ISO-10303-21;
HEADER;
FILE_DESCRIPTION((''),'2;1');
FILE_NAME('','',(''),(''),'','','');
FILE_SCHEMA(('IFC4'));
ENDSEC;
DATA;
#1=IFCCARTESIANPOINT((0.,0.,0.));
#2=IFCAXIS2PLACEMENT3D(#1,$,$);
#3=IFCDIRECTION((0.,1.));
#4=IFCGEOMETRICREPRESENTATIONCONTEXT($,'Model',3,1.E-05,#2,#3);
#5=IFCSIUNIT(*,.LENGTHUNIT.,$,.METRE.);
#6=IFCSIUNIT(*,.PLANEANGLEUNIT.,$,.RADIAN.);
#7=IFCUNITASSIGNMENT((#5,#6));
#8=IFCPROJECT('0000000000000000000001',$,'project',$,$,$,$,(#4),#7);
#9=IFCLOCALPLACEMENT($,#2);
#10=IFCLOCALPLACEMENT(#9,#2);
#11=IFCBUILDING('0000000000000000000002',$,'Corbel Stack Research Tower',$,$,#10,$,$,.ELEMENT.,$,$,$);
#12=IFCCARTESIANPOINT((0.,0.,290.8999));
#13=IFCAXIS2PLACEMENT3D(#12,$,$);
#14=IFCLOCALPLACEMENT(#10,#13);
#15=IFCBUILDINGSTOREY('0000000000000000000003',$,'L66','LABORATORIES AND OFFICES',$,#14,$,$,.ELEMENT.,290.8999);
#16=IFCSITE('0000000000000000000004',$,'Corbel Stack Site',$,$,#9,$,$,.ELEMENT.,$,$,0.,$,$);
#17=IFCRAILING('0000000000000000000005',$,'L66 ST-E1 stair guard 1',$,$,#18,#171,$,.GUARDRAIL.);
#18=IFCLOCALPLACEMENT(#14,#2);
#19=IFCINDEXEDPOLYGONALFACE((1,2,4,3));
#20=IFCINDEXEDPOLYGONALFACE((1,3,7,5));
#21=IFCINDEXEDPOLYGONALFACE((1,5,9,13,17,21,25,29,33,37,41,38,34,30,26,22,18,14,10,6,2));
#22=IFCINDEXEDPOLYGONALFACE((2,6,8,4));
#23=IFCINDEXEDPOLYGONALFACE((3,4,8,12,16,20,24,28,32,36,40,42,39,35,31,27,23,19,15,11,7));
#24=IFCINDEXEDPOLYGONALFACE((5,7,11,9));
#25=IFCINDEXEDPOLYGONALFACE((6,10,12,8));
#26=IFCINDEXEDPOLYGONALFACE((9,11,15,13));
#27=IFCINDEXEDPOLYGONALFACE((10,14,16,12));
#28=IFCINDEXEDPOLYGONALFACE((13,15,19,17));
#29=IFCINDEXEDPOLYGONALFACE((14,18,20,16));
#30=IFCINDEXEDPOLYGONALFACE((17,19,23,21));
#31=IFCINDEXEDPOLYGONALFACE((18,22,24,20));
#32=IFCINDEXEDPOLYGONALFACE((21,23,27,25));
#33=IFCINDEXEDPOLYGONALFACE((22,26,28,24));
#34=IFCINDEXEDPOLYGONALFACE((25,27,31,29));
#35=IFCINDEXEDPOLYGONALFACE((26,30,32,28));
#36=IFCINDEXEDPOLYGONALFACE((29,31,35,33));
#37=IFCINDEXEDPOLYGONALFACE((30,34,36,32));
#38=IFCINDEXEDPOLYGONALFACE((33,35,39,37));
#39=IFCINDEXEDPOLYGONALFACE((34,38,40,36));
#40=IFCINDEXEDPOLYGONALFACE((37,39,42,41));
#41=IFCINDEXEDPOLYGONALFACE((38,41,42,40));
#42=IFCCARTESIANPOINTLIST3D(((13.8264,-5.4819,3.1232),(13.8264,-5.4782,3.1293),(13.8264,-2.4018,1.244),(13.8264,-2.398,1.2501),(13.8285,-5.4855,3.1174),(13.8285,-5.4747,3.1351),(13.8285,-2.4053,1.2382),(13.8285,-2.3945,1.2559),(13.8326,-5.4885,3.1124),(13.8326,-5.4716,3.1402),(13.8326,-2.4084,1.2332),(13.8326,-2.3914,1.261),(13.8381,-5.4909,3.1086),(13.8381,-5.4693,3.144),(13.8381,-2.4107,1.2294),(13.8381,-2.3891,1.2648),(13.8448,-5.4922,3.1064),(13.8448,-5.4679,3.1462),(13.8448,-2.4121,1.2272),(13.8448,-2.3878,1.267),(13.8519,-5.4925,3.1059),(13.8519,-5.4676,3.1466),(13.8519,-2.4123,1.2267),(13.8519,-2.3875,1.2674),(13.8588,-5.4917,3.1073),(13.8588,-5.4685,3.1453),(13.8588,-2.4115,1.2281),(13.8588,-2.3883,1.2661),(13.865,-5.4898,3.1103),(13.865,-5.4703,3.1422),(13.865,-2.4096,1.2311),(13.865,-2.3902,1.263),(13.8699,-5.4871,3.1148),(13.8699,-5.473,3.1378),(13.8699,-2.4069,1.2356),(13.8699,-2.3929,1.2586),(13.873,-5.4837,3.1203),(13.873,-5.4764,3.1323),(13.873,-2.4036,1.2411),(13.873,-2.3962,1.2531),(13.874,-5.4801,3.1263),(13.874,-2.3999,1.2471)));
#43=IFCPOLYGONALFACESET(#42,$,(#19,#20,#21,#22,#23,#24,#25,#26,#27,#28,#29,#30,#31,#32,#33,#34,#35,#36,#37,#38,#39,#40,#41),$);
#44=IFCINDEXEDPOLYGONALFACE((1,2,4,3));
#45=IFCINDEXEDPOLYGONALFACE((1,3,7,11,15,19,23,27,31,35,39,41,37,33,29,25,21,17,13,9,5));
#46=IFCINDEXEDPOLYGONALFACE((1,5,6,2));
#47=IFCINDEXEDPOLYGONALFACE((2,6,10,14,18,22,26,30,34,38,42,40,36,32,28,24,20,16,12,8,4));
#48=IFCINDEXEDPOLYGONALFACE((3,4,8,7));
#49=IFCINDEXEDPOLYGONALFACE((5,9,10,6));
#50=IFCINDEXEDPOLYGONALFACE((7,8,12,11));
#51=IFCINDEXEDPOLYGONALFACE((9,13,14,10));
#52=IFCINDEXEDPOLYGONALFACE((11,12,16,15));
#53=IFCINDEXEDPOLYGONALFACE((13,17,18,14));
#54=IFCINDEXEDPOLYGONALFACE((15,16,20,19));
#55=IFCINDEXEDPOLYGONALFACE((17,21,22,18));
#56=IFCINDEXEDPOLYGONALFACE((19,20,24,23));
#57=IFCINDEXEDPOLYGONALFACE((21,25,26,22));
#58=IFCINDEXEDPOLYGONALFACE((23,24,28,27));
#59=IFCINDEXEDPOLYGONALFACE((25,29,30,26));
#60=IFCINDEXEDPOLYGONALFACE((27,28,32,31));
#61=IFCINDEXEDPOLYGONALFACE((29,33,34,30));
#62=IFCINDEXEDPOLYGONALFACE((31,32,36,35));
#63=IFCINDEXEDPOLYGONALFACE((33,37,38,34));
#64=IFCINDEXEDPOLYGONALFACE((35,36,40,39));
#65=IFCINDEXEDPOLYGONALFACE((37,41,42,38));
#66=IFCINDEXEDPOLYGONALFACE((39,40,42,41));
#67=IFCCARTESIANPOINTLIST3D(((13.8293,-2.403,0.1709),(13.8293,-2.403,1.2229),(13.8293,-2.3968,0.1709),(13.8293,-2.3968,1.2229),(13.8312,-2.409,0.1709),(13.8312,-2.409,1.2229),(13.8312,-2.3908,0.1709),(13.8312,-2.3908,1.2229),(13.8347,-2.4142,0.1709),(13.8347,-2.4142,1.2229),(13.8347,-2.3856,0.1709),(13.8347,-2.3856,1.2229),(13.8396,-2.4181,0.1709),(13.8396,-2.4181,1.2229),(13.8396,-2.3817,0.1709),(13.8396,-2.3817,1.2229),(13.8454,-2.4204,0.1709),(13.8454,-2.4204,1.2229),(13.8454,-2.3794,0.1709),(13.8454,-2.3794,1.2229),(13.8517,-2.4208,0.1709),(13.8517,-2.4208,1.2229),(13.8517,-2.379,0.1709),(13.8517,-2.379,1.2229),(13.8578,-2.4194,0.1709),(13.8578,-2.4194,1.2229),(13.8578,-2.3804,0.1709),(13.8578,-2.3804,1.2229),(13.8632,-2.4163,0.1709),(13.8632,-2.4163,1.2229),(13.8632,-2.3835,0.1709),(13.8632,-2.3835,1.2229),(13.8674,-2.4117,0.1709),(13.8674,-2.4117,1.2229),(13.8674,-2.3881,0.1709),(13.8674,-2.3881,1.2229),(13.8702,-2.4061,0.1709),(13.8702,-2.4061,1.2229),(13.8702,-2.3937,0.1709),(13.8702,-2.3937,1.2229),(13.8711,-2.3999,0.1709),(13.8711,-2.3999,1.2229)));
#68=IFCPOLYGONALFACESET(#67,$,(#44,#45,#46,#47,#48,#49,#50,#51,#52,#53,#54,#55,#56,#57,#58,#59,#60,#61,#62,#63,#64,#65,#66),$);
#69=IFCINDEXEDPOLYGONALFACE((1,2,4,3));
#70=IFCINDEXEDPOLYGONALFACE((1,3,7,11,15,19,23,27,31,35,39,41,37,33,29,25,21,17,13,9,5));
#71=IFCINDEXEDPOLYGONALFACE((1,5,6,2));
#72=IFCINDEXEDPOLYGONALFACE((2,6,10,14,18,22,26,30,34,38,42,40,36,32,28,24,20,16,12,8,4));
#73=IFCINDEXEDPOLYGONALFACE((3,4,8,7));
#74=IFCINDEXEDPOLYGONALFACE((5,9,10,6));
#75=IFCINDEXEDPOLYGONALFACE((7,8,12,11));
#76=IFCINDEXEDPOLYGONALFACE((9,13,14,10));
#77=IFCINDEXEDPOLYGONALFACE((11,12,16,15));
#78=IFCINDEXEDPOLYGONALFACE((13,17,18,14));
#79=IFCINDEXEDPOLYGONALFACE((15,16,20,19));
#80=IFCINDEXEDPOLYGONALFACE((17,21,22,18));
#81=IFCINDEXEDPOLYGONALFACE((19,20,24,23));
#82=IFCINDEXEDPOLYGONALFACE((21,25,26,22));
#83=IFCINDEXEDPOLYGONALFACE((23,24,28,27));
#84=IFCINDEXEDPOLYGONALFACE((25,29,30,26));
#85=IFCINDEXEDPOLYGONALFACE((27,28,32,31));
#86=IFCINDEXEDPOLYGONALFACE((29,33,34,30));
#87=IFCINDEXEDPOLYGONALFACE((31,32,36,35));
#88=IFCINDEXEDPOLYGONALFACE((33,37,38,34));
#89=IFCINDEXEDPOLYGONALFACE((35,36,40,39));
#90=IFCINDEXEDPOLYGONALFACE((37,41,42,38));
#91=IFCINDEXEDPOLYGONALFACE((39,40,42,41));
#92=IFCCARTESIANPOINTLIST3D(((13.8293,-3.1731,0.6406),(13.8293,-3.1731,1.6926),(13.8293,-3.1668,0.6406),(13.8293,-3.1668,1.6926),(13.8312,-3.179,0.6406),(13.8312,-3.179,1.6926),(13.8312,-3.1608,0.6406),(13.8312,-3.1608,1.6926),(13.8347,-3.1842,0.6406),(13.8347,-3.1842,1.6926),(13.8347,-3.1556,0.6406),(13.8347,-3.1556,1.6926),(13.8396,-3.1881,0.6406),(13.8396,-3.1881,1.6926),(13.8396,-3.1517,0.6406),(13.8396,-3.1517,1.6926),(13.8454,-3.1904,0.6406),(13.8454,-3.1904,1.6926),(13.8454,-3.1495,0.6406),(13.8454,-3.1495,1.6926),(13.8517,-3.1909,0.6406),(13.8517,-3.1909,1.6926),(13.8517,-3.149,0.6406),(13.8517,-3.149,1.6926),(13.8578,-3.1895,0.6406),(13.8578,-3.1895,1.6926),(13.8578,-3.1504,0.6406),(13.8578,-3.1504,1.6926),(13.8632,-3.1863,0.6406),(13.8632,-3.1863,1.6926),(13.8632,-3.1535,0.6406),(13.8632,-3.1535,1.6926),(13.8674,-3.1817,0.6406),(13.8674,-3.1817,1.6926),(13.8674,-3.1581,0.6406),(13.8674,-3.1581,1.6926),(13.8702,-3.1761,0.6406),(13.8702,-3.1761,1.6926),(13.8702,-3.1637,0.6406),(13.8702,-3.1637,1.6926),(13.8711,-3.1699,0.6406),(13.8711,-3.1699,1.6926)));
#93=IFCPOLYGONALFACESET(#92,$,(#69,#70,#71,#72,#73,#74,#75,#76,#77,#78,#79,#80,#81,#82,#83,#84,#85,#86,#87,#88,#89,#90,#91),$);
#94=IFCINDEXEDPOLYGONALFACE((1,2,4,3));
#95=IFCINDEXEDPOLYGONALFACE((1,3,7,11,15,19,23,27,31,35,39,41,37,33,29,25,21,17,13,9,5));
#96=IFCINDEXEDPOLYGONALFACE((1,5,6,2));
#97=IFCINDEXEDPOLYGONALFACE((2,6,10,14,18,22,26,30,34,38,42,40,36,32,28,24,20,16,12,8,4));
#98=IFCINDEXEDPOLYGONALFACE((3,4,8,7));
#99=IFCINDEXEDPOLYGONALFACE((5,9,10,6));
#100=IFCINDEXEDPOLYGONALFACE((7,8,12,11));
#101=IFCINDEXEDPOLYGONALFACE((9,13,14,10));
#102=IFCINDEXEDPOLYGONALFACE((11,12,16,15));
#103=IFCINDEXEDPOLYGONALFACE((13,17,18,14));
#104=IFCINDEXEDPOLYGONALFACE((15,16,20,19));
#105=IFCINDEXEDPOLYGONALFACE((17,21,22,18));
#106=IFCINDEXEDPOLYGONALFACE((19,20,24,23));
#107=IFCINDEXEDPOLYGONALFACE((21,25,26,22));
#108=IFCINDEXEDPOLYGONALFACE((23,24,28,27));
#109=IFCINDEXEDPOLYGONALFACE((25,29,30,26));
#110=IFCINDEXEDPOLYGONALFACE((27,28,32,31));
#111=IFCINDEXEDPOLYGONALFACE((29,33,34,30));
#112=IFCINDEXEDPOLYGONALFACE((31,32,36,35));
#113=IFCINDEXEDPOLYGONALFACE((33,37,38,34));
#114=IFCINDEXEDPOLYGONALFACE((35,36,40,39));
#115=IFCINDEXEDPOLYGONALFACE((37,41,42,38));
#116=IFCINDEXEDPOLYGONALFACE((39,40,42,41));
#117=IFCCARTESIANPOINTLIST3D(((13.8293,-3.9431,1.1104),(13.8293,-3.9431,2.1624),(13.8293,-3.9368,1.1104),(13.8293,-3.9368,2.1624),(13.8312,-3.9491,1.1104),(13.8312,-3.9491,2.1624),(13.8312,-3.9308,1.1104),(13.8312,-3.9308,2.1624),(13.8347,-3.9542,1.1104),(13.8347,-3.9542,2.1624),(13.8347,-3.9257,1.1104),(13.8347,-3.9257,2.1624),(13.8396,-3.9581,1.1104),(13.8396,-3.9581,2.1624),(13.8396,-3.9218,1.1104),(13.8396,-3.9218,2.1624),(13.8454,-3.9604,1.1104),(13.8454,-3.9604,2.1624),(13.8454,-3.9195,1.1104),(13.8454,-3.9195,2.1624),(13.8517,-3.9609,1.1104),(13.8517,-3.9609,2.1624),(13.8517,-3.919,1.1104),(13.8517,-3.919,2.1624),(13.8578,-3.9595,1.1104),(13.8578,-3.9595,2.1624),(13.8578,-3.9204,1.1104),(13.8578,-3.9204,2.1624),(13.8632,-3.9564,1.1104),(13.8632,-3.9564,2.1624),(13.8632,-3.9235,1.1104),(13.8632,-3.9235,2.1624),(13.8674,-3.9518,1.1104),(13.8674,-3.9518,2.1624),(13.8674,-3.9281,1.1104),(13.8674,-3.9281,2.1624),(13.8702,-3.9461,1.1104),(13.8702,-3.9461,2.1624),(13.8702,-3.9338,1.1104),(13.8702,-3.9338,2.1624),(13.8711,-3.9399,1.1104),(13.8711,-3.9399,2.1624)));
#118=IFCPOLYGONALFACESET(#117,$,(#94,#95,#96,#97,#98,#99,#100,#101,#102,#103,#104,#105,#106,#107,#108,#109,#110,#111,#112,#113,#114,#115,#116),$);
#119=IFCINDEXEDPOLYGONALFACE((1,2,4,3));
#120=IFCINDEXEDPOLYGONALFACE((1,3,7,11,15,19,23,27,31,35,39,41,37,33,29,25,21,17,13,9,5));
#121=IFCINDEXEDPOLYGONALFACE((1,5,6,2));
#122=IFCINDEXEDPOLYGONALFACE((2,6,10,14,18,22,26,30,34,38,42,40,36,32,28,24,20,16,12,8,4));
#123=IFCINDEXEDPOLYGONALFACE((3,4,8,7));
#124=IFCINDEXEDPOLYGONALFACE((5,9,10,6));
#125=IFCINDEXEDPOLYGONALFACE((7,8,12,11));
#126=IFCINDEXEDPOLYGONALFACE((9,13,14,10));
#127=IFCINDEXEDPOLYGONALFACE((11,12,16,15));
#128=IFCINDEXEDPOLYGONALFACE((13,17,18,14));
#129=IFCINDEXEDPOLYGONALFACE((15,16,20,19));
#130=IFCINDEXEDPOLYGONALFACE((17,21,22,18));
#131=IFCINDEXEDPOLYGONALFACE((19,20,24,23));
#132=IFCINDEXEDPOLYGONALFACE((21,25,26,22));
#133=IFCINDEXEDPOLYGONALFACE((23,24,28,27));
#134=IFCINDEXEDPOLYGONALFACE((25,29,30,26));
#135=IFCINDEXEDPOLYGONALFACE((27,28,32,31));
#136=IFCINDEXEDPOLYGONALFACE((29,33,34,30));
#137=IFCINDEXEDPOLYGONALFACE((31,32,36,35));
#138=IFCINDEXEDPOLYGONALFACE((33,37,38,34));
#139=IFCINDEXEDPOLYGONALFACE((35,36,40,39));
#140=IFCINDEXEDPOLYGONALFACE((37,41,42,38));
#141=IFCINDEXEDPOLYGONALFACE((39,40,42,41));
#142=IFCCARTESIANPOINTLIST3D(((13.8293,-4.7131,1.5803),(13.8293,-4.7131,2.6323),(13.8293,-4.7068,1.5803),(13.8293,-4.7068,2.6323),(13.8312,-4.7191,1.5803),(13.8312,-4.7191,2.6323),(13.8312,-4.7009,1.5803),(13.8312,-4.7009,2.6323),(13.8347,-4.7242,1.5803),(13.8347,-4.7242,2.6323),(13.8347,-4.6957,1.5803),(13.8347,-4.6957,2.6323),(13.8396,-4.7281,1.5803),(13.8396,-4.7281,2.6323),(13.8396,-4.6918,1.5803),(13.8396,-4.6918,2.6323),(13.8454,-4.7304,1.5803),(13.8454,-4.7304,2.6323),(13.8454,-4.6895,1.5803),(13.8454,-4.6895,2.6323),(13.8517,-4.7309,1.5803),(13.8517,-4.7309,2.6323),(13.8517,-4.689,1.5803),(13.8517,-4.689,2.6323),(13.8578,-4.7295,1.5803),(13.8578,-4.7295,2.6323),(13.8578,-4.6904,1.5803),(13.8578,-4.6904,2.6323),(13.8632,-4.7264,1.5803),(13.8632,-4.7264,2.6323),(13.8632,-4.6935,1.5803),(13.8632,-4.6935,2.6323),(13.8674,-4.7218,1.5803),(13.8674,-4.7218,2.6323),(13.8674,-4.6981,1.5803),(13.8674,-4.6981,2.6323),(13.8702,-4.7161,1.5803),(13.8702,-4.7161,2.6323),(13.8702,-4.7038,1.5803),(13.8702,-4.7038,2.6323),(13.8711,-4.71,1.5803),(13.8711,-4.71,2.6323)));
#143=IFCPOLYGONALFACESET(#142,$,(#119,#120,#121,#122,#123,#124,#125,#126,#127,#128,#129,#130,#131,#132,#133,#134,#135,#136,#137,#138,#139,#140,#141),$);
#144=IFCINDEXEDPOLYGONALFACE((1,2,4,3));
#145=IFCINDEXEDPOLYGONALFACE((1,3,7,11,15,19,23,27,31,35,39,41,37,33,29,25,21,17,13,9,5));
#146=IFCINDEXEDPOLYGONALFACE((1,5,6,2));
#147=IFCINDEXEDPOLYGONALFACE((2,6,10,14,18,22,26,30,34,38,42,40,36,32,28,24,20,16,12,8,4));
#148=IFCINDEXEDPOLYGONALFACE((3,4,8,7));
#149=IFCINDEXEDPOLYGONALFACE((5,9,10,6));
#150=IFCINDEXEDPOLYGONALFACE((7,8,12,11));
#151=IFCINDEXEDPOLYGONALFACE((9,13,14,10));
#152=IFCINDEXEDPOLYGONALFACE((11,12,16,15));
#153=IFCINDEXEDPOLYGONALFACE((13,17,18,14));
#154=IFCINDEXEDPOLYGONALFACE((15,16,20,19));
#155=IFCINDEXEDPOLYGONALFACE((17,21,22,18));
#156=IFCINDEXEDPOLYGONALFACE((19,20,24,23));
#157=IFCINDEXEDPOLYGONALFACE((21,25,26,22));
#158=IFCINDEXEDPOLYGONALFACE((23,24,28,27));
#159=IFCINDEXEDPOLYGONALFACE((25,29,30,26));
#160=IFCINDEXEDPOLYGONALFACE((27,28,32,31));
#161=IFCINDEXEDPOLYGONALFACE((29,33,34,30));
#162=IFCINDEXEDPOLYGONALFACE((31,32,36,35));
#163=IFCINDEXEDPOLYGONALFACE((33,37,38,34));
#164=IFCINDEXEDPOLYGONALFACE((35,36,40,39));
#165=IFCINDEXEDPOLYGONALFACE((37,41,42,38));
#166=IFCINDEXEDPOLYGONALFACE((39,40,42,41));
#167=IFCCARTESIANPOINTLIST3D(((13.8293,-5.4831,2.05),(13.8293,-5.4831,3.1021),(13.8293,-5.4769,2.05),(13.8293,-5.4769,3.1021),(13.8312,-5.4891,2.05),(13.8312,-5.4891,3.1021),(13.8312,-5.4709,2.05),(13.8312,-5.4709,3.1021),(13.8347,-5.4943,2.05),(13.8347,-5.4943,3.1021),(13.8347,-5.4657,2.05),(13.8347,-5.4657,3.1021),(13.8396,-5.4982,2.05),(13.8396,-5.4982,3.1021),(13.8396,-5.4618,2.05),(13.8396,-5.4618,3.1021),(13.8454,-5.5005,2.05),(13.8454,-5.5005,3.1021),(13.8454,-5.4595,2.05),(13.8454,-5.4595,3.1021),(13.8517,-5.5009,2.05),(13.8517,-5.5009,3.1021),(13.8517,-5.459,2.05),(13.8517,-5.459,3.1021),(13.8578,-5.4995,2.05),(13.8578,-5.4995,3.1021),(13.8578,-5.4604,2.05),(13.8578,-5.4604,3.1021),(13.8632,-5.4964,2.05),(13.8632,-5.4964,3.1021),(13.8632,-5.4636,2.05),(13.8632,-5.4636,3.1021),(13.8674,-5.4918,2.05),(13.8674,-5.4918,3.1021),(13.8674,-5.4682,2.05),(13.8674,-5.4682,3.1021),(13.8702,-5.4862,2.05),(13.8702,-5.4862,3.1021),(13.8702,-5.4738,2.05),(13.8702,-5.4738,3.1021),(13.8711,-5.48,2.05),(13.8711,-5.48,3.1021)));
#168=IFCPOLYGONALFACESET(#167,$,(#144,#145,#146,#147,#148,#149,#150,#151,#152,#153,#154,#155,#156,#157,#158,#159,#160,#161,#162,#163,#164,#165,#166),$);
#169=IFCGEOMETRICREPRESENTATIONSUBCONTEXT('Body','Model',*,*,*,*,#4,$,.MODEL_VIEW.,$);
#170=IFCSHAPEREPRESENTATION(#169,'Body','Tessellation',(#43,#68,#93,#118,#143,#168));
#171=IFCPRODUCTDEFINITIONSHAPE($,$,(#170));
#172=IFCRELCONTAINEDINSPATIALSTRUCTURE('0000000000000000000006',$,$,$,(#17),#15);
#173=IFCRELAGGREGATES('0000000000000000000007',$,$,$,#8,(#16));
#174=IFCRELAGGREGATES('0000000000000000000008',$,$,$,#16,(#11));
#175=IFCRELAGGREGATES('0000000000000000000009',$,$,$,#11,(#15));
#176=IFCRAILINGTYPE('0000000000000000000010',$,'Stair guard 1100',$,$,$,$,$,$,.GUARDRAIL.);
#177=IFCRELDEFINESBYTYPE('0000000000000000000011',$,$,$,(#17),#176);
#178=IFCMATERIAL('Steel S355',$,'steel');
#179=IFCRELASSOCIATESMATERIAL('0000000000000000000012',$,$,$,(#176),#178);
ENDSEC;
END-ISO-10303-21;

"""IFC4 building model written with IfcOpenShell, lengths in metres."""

from ifc_helpers import new_model, si_unit, direction, frame, origin, origin_2d, place, context, subcontext, project, spatial, circle, extrude, material, type_object, element, save


model = new_model("IFC4")

# Units and contexts
model_context = context("Model", 3, precision=1e-05, world=origin(), true_north=direction((0.0, 1.0)))
body_context = subcontext(model_context, "Body", "Model", "MODEL_VIEW")
ifc_project = project(units=[si_unit("LENGTHUNIT", "METRE"), si_unit("PLANEANGLEUNIT", "RADIAN")], contexts=[model_context])

# Site, building, storey
site_placement = place(None, origin())
site = spatial("IfcSite", under=ifc_project, at=site_placement, Name="Corbel Stack Site", CompositionType="ELEMENT", RefElevation=0.0)
building_placement = place(site_placement, origin())
building = spatial("IfcBuilding", under=site, at=building_placement, Name="Corbel Stack Research Tower", CompositionType="ELEMENT")
storey_placement = place(building_placement, frame((0.0, 0.0, 290.8999)))
storey = spatial("IfcBuildingStorey", under=building, at=storey_placement, Name="L66", Description="LABORATORIES AND OFFICES", CompositionType="ELEMENT", Elevation=290.8999)

# Railing
ifc_material_1 = material(Name="Steel S355", Category="steel")
railing_type_1 = type_object("IfcRailingType", Name="Stair guard 1100", PredefinedType="GUARDRAIL", material=ifc_material_1)
railing_1_placement = place(storey_placement, frame((13.8501, -2.3999, 0.1709)))
element("IfcRailing", 1, at=railing_1_placement, inside=storey, type_object=railing_type_1, Name="L66 ST-E1 stair guard 1", PredefinedType="GUARDRAIL", context=body_context, shape_type="SweptSolid", body=[
    extrude(circle(Radius=0.0239, at=origin_2d()), frame((0.0, 0.0, 1.0762), z_axis=(0.0, -0.853666, 0.52082), x_axis=(1.0, 0.0, 0.0)), (0.0, 0.0, 1.0), 3.6082),
    extrude(circle(Radius=0.021, at=origin_2d()), origin(), (0.0, 0.0, 1.0), 1.052),
    extrude(circle(Radius=0.021, at=origin_2d()), frame((0.0, -0.77, 0.4697)), (0.0, 0.0, 1.0), 1.052),
    extrude(circle(Radius=0.021, at=origin_2d()), frame((0.0, -1.54, 0.9395)), (0.0, 0.0, 1.0), 1.052),
    extrude(circle(Radius=0.021, at=origin_2d()), frame((0.0, -2.3101, 1.4094)), (0.0, 0.0, 1.0), 1.052),
    extrude(circle(Radius=0.021, at=origin_2d()), frame((0.0, -3.0801, 1.8792)), (0.0, 0.0, 1.0), 1.052),
])

save(model, "model.ifc")
